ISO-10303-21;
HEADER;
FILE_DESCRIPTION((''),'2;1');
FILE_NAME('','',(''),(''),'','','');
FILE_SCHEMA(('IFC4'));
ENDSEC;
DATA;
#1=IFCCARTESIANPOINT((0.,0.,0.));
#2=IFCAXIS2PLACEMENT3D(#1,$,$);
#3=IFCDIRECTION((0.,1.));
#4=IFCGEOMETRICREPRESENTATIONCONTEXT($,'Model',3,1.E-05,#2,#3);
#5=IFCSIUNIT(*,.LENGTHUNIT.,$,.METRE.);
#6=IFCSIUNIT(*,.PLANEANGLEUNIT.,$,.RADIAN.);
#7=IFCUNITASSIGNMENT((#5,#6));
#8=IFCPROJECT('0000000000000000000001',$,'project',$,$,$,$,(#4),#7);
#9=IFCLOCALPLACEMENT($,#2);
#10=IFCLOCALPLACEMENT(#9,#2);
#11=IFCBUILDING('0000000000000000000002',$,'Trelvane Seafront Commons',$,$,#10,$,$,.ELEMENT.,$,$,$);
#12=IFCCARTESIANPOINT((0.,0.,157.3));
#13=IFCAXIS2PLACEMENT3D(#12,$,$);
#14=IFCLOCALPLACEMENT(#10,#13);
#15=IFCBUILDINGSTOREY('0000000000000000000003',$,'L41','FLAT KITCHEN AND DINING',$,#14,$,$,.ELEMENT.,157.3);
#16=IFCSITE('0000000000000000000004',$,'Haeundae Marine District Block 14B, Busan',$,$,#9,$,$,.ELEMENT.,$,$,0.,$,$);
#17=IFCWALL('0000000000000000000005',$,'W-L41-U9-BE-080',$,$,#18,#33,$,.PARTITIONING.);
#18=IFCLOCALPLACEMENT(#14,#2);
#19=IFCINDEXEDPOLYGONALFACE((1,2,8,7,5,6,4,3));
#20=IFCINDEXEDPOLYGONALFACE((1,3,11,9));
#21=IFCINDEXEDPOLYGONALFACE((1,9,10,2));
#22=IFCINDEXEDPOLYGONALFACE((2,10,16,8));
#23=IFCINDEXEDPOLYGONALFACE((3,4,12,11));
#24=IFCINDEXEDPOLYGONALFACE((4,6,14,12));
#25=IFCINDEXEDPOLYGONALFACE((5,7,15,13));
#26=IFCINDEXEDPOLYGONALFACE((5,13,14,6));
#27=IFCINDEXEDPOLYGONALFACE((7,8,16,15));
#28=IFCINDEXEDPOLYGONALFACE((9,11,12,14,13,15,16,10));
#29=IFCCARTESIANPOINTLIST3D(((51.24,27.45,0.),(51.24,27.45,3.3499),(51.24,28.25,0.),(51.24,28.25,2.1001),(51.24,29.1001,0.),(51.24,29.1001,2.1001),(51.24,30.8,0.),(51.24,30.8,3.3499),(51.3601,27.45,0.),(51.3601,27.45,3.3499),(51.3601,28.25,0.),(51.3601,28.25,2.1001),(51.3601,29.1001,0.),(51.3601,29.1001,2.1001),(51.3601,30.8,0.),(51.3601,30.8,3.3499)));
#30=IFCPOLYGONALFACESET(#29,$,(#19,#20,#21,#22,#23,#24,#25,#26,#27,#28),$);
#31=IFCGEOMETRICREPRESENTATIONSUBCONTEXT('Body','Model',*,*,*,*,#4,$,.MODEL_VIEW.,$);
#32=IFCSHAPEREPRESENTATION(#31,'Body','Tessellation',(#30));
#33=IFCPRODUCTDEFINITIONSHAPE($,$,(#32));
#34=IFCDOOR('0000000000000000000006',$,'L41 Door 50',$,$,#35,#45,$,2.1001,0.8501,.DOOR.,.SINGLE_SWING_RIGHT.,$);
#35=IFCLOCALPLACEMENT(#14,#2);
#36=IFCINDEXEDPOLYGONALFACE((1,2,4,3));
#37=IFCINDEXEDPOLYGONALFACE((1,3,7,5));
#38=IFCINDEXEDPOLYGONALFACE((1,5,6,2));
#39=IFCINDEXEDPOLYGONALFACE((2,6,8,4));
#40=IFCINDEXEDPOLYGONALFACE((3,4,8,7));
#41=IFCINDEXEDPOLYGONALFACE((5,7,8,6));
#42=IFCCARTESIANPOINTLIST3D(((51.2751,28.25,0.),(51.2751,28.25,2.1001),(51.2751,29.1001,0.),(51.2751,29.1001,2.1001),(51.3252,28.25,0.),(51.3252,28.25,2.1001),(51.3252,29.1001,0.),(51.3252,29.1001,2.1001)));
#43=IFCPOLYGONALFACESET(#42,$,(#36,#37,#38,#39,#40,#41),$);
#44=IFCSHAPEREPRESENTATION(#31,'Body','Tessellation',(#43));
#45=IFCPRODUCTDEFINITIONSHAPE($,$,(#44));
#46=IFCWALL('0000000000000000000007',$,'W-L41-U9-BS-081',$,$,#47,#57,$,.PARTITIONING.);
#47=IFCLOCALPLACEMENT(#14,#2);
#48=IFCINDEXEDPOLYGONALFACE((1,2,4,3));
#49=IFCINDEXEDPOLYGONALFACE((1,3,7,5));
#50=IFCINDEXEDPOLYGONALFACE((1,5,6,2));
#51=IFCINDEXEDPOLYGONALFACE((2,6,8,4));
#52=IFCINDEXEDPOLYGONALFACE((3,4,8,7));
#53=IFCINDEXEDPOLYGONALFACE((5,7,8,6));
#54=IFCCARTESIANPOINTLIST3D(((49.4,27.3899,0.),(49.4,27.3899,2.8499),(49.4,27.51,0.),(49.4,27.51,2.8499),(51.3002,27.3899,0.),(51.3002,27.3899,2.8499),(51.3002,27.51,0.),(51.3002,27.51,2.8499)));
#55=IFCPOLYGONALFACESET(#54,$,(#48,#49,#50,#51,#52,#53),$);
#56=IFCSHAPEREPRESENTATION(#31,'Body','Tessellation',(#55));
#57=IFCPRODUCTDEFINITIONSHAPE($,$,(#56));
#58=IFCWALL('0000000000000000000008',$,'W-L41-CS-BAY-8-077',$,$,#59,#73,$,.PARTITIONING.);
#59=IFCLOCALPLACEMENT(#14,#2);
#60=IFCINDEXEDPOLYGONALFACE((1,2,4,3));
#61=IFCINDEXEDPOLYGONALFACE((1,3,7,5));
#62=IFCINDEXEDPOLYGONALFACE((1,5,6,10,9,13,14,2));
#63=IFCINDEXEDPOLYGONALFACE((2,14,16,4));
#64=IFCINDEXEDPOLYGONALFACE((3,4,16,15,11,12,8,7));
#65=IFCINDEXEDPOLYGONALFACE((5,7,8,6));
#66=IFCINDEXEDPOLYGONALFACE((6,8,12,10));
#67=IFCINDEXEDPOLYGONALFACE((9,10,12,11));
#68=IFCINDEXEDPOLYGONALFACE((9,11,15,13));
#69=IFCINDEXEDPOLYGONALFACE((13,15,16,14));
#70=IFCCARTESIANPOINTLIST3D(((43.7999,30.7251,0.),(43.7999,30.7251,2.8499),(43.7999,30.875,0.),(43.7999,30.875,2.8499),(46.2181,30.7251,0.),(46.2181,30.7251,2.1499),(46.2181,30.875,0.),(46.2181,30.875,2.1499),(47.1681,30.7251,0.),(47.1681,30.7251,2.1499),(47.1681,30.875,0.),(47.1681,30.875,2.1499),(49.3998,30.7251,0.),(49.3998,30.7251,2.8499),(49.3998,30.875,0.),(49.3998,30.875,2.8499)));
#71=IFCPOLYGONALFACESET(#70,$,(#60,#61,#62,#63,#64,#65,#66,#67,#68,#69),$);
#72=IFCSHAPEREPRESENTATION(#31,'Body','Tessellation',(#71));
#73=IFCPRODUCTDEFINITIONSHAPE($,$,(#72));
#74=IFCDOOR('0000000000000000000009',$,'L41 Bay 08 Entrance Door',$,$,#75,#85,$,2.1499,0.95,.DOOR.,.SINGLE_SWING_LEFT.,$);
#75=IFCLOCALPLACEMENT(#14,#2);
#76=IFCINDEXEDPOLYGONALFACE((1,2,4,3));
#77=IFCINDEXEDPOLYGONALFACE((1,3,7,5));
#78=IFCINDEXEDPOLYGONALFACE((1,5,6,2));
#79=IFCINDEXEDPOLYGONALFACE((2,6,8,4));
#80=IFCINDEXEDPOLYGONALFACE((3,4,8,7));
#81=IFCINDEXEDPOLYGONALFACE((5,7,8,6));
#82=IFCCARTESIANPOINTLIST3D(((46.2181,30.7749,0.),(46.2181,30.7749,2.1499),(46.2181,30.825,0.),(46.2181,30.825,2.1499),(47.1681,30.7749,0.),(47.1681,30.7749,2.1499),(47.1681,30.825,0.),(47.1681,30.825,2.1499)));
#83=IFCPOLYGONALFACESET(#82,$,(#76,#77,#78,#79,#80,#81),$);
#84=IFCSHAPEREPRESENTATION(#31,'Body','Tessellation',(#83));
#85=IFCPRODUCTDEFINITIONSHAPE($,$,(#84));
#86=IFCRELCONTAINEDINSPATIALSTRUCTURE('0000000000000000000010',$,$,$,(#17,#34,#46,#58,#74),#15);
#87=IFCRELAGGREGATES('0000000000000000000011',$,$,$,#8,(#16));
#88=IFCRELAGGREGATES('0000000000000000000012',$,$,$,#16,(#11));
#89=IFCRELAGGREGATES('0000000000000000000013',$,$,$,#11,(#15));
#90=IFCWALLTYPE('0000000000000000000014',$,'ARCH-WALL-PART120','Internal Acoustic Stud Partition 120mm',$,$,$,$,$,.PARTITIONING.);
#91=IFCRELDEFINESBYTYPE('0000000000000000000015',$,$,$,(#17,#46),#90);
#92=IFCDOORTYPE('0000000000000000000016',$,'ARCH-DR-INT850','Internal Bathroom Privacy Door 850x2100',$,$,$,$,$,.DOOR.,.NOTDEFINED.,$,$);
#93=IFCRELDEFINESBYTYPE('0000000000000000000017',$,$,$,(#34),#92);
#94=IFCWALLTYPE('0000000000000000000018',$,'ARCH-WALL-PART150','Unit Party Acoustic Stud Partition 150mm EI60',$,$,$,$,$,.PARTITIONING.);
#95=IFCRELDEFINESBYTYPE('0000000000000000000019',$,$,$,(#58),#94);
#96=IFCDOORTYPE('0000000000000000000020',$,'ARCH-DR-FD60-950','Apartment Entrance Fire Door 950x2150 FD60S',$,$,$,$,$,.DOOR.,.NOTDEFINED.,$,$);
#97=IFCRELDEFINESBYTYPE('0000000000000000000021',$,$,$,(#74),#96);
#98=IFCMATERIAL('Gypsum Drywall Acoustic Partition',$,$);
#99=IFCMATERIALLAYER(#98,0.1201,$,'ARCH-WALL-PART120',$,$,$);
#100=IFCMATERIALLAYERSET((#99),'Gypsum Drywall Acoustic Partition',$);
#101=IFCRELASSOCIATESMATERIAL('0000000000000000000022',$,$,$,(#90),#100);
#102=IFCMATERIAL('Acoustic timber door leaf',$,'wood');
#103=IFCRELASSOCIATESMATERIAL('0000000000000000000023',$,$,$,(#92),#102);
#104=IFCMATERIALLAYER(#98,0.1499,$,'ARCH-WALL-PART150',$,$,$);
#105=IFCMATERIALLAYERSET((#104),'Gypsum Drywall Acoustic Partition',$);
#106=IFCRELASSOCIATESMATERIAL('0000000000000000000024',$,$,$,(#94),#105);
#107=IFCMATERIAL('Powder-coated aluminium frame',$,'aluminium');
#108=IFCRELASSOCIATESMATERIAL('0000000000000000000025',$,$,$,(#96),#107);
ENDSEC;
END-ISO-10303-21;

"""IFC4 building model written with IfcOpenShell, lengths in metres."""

from ifc_helpers import new_model, si_unit, direction, frame, frame_2d, origin, place, context, subcontext, project, spatial, rectangle, extrude, source, transform, mapped, material, layer, layer_set, type_object, element, fill, save


model = new_model("IFC4")

# Units and contexts
model_context = context("Model", 3, precision=1e-05, world=origin(), true_north=direction((0.0, 1.0)))
body_context = subcontext(model_context, "Body", "Model", "MODEL_VIEW")
ifc_project = project(units=[si_unit("LENGTHUNIT", "METRE"), si_unit("PLANEANGLEUNIT", "RADIAN")], contexts=[model_context])

# Site, building, storey
site_placement = place(None, origin())
site = spatial("IfcSite", under=ifc_project, at=site_placement, Name="Haeundae Marine District Block 14B, Busan", CompositionType="ELEMENT", RefElevation=0.0)
building_placement = place(site_placement, origin())
building = spatial("IfcBuilding", under=site, at=building_placement, Name="Trelvane Seafront Commons", CompositionType="ELEMENT")
storey_placement = place(building_placement, frame((0.0, 0.0, 157.3)))
storey = spatial("IfcBuildingStorey", under=building, at=storey_placement, Name="L41", Description="FLAT KITCHEN AND DINING", CompositionType="ELEMENT", Elevation=157.3)

# Wall, opening, door
ifc_material_1 = material(Name="Gypsum Drywall Acoustic Partition")
ifc_layer_1 = layer(ifc_material_1, 0.1201, Name="ARCH-WALL-PART120")
ifc_layer_set_1 = layer_set([ifc_layer_1], Name="Gypsum Drywall Acoustic Partition")
wall_type_1 = type_object("IfcWallType", Name="ARCH-WALL-PART120", Description="Internal Acoustic Stud Partition 120mm", PredefinedType="PARTITIONING", material=ifc_layer_set_1)
ifc_material_2 = material(Name="Acoustic timber door leaf", Category="wood")
shared_shape_1 = source(origin(), body_context, "Body", "SweptSolid", [
    extrude(rectangle(XDim=0.95, YDim=2.1499, at=frame_2d((0.4751, 1.075))), frame((0.0, 0.0249, 0.0), z_axis=(0.0, -1.0, 0.0), x_axis=(1.0, 0.0, 0.0)), (0.0, 0.0, 1.0), 0.05),
])
wall_1_placement = place(storey_placement, frame((51.3, 27.45, 0.0), z_axis=(0.0, 0.0, 1.0), x_axis=(0.0, 1.0, 0.0)))
wall_1 = element("IfcWall", 1, at=wall_1_placement, inside=storey, type_object=wall_type_1, Name="W-L41-U9-BE-080", PredefinedType="PARTITIONING", context=body_context, shape_type="SweptSolid", body=[
    extrude(rectangle(XDim=3.3501, YDim=0.1201, at=frame_2d((1.675, 0.0))), origin(), (0.0, 0.0, 1.0), 3.3499),
])
opening_1_placement = place(wall_1_placement, frame((0.8, 0.0, 0.0)))
opening_1 = element("IfcOpeningElement", 2, at=opening_1_placement, cuts=wall_1, PredefinedType="OPENING", context=body_context, shape_type="SweptSolid", body=[
    extrude(rectangle(XDim=0.8501, YDim=2.1001, at=frame_2d((0.425, 1.05))), frame((0.0, 0.0701, 0.0), z_axis=(0.0, -1.0, 0.0), x_axis=(1.0, 0.0, 0.0)), (0.0, 0.0, 1.0), 0.1401),
])
door_type_1 = type_object("IfcDoorType", Name="ARCH-DR-INT850", Description="Internal Bathroom Privacy Door 850x2100", OperationType="NOTDEFINED", PredefinedType="DOOR", material=ifc_material_2)
shared_shape_2 = source(origin(), body_context, "Body", "SweptSolid", [
    extrude(rectangle(XDim=0.8501, YDim=2.1001, at=frame_2d((0.425, 1.05))), frame((0.0, 0.0249, 0.0), z_axis=(0.0, -1.0, 0.0), x_axis=(1.0, 0.0, 0.0)), (0.0, 0.0, 1.0), 0.05),
])
door_1_placement = place(opening_1_placement, origin())
door_1 = element("IfcDoor", 3, at=door_1_placement, inside=storey, type_object=door_type_1, Name="L41 Door 50", OperationType="SINGLE_SWING_RIGHT", OverallHeight=2.1001, OverallWidth=0.8501, PredefinedType="DOOR", context=body_context, shape_type="MappedRepresentation", body=[
    mapped(shared_shape_2, transform((0.0, 0.0, 0.0), x_axis=(1.0, 0.0, 0.0), y_axis=(0.0, 1.0, 0.0), z_axis=(0.0, 0.0, 1.0), scale=1.0)),
])
fill(opening_1, door_1)

# Wall
wall_2_placement = place(storey_placement, frame((49.3999, 27.45, 0.0), z_axis=(0.0, 0.0, 1.0), x_axis=(1.0, 0.0, 0.0)))
element("IfcWall", 4, at=wall_2_placement, inside=storey, type_object=wall_type_1, Name="W-L41-U9-BS-081", PredefinedType="PARTITIONING", context=body_context, shape_type="SweptSolid", body=[
    extrude(rectangle(XDim=1.9001, YDim=0.1201, at=frame_2d((0.9502, 0.0))), origin(), (0.0, 0.0, 1.0), 2.8499),
])

# Wall, opening, door
ifc_layer_2 = layer(ifc_material_1, 0.1499, Name="ARCH-WALL-PART150")
ifc_layer_set_2 = layer_set([ifc_layer_2], Name="Gypsum Drywall Acoustic Partition")
wall_type_2 = type_object("IfcWallType", Name="ARCH-WALL-PART150", Description="Unit Party Acoustic Stud Partition 150mm EI60", PredefinedType="PARTITIONING", material=ifc_layer_set_2)
wall_3_placement = place(storey_placement, frame((43.8, 30.8, 0.0), z_axis=(0.0, 0.0, 1.0), x_axis=(1.0, 0.0, 0.0)))
wall_3 = element("IfcWall", 5, at=wall_3_placement, inside=storey, type_object=wall_type_2, Name="W-L41-CS-BAY-8-077", PredefinedType="PARTITIONING", context=body_context, shape_type="SweptSolid", body=[
    extrude(rectangle(XDim=5.5999, YDim=0.1499, at=frame_2d((2.7998, 0.0))), origin(), (0.0, 0.0, 1.0), 2.8499),
])
opening_2_placement = place(wall_3_placement, frame((2.418, 0.0, 0.0)))
opening_2 = element("IfcOpeningElement", 6, at=opening_2_placement, cuts=wall_3, PredefinedType="OPENING", context=body_context, shape_type="SweptSolid", body=[
    extrude(rectangle(XDim=0.95, YDim=2.1499, at=frame_2d((0.4751, 1.075))), frame((0.0, 0.085, 0.0), z_axis=(0.0, -1.0, 0.0), x_axis=(1.0, 0.0, 0.0)), (0.0, 0.0, 1.0), 0.1699),
])
ifc_material_3 = material(Name="Powder-coated aluminium frame", Category="aluminium")
door_type_2 = type_object("IfcDoorType", Name="ARCH-DR-FD60-950", Description="Apartment Entrance Fire Door 950x2150 FD60S", OperationType="NOTDEFINED", PredefinedType="DOOR", material=ifc_material_3)
door_2_placement = place(opening_2_placement, origin())
door_2 = element("IfcDoor", 7, at=door_2_placement, inside=storey, type_object=door_type_2, Name="L41 Bay 08 Entrance Door", OperationType="SINGLE_SWING_LEFT", OverallHeight=2.1499, OverallWidth=0.95, PredefinedType="DOOR", context=body_context, shape_type="MappedRepresentation", body=[
    mapped(shared_shape_1, transform((0.0, 0.0, 0.0), x_axis=(1.0, 0.0, 0.0), y_axis=(0.0, 1.0, 0.0), z_axis=(0.0, 0.0, 1.0), scale=1.0)),
])
fill(opening_2, door_2)

save(model, "model.ifc")
